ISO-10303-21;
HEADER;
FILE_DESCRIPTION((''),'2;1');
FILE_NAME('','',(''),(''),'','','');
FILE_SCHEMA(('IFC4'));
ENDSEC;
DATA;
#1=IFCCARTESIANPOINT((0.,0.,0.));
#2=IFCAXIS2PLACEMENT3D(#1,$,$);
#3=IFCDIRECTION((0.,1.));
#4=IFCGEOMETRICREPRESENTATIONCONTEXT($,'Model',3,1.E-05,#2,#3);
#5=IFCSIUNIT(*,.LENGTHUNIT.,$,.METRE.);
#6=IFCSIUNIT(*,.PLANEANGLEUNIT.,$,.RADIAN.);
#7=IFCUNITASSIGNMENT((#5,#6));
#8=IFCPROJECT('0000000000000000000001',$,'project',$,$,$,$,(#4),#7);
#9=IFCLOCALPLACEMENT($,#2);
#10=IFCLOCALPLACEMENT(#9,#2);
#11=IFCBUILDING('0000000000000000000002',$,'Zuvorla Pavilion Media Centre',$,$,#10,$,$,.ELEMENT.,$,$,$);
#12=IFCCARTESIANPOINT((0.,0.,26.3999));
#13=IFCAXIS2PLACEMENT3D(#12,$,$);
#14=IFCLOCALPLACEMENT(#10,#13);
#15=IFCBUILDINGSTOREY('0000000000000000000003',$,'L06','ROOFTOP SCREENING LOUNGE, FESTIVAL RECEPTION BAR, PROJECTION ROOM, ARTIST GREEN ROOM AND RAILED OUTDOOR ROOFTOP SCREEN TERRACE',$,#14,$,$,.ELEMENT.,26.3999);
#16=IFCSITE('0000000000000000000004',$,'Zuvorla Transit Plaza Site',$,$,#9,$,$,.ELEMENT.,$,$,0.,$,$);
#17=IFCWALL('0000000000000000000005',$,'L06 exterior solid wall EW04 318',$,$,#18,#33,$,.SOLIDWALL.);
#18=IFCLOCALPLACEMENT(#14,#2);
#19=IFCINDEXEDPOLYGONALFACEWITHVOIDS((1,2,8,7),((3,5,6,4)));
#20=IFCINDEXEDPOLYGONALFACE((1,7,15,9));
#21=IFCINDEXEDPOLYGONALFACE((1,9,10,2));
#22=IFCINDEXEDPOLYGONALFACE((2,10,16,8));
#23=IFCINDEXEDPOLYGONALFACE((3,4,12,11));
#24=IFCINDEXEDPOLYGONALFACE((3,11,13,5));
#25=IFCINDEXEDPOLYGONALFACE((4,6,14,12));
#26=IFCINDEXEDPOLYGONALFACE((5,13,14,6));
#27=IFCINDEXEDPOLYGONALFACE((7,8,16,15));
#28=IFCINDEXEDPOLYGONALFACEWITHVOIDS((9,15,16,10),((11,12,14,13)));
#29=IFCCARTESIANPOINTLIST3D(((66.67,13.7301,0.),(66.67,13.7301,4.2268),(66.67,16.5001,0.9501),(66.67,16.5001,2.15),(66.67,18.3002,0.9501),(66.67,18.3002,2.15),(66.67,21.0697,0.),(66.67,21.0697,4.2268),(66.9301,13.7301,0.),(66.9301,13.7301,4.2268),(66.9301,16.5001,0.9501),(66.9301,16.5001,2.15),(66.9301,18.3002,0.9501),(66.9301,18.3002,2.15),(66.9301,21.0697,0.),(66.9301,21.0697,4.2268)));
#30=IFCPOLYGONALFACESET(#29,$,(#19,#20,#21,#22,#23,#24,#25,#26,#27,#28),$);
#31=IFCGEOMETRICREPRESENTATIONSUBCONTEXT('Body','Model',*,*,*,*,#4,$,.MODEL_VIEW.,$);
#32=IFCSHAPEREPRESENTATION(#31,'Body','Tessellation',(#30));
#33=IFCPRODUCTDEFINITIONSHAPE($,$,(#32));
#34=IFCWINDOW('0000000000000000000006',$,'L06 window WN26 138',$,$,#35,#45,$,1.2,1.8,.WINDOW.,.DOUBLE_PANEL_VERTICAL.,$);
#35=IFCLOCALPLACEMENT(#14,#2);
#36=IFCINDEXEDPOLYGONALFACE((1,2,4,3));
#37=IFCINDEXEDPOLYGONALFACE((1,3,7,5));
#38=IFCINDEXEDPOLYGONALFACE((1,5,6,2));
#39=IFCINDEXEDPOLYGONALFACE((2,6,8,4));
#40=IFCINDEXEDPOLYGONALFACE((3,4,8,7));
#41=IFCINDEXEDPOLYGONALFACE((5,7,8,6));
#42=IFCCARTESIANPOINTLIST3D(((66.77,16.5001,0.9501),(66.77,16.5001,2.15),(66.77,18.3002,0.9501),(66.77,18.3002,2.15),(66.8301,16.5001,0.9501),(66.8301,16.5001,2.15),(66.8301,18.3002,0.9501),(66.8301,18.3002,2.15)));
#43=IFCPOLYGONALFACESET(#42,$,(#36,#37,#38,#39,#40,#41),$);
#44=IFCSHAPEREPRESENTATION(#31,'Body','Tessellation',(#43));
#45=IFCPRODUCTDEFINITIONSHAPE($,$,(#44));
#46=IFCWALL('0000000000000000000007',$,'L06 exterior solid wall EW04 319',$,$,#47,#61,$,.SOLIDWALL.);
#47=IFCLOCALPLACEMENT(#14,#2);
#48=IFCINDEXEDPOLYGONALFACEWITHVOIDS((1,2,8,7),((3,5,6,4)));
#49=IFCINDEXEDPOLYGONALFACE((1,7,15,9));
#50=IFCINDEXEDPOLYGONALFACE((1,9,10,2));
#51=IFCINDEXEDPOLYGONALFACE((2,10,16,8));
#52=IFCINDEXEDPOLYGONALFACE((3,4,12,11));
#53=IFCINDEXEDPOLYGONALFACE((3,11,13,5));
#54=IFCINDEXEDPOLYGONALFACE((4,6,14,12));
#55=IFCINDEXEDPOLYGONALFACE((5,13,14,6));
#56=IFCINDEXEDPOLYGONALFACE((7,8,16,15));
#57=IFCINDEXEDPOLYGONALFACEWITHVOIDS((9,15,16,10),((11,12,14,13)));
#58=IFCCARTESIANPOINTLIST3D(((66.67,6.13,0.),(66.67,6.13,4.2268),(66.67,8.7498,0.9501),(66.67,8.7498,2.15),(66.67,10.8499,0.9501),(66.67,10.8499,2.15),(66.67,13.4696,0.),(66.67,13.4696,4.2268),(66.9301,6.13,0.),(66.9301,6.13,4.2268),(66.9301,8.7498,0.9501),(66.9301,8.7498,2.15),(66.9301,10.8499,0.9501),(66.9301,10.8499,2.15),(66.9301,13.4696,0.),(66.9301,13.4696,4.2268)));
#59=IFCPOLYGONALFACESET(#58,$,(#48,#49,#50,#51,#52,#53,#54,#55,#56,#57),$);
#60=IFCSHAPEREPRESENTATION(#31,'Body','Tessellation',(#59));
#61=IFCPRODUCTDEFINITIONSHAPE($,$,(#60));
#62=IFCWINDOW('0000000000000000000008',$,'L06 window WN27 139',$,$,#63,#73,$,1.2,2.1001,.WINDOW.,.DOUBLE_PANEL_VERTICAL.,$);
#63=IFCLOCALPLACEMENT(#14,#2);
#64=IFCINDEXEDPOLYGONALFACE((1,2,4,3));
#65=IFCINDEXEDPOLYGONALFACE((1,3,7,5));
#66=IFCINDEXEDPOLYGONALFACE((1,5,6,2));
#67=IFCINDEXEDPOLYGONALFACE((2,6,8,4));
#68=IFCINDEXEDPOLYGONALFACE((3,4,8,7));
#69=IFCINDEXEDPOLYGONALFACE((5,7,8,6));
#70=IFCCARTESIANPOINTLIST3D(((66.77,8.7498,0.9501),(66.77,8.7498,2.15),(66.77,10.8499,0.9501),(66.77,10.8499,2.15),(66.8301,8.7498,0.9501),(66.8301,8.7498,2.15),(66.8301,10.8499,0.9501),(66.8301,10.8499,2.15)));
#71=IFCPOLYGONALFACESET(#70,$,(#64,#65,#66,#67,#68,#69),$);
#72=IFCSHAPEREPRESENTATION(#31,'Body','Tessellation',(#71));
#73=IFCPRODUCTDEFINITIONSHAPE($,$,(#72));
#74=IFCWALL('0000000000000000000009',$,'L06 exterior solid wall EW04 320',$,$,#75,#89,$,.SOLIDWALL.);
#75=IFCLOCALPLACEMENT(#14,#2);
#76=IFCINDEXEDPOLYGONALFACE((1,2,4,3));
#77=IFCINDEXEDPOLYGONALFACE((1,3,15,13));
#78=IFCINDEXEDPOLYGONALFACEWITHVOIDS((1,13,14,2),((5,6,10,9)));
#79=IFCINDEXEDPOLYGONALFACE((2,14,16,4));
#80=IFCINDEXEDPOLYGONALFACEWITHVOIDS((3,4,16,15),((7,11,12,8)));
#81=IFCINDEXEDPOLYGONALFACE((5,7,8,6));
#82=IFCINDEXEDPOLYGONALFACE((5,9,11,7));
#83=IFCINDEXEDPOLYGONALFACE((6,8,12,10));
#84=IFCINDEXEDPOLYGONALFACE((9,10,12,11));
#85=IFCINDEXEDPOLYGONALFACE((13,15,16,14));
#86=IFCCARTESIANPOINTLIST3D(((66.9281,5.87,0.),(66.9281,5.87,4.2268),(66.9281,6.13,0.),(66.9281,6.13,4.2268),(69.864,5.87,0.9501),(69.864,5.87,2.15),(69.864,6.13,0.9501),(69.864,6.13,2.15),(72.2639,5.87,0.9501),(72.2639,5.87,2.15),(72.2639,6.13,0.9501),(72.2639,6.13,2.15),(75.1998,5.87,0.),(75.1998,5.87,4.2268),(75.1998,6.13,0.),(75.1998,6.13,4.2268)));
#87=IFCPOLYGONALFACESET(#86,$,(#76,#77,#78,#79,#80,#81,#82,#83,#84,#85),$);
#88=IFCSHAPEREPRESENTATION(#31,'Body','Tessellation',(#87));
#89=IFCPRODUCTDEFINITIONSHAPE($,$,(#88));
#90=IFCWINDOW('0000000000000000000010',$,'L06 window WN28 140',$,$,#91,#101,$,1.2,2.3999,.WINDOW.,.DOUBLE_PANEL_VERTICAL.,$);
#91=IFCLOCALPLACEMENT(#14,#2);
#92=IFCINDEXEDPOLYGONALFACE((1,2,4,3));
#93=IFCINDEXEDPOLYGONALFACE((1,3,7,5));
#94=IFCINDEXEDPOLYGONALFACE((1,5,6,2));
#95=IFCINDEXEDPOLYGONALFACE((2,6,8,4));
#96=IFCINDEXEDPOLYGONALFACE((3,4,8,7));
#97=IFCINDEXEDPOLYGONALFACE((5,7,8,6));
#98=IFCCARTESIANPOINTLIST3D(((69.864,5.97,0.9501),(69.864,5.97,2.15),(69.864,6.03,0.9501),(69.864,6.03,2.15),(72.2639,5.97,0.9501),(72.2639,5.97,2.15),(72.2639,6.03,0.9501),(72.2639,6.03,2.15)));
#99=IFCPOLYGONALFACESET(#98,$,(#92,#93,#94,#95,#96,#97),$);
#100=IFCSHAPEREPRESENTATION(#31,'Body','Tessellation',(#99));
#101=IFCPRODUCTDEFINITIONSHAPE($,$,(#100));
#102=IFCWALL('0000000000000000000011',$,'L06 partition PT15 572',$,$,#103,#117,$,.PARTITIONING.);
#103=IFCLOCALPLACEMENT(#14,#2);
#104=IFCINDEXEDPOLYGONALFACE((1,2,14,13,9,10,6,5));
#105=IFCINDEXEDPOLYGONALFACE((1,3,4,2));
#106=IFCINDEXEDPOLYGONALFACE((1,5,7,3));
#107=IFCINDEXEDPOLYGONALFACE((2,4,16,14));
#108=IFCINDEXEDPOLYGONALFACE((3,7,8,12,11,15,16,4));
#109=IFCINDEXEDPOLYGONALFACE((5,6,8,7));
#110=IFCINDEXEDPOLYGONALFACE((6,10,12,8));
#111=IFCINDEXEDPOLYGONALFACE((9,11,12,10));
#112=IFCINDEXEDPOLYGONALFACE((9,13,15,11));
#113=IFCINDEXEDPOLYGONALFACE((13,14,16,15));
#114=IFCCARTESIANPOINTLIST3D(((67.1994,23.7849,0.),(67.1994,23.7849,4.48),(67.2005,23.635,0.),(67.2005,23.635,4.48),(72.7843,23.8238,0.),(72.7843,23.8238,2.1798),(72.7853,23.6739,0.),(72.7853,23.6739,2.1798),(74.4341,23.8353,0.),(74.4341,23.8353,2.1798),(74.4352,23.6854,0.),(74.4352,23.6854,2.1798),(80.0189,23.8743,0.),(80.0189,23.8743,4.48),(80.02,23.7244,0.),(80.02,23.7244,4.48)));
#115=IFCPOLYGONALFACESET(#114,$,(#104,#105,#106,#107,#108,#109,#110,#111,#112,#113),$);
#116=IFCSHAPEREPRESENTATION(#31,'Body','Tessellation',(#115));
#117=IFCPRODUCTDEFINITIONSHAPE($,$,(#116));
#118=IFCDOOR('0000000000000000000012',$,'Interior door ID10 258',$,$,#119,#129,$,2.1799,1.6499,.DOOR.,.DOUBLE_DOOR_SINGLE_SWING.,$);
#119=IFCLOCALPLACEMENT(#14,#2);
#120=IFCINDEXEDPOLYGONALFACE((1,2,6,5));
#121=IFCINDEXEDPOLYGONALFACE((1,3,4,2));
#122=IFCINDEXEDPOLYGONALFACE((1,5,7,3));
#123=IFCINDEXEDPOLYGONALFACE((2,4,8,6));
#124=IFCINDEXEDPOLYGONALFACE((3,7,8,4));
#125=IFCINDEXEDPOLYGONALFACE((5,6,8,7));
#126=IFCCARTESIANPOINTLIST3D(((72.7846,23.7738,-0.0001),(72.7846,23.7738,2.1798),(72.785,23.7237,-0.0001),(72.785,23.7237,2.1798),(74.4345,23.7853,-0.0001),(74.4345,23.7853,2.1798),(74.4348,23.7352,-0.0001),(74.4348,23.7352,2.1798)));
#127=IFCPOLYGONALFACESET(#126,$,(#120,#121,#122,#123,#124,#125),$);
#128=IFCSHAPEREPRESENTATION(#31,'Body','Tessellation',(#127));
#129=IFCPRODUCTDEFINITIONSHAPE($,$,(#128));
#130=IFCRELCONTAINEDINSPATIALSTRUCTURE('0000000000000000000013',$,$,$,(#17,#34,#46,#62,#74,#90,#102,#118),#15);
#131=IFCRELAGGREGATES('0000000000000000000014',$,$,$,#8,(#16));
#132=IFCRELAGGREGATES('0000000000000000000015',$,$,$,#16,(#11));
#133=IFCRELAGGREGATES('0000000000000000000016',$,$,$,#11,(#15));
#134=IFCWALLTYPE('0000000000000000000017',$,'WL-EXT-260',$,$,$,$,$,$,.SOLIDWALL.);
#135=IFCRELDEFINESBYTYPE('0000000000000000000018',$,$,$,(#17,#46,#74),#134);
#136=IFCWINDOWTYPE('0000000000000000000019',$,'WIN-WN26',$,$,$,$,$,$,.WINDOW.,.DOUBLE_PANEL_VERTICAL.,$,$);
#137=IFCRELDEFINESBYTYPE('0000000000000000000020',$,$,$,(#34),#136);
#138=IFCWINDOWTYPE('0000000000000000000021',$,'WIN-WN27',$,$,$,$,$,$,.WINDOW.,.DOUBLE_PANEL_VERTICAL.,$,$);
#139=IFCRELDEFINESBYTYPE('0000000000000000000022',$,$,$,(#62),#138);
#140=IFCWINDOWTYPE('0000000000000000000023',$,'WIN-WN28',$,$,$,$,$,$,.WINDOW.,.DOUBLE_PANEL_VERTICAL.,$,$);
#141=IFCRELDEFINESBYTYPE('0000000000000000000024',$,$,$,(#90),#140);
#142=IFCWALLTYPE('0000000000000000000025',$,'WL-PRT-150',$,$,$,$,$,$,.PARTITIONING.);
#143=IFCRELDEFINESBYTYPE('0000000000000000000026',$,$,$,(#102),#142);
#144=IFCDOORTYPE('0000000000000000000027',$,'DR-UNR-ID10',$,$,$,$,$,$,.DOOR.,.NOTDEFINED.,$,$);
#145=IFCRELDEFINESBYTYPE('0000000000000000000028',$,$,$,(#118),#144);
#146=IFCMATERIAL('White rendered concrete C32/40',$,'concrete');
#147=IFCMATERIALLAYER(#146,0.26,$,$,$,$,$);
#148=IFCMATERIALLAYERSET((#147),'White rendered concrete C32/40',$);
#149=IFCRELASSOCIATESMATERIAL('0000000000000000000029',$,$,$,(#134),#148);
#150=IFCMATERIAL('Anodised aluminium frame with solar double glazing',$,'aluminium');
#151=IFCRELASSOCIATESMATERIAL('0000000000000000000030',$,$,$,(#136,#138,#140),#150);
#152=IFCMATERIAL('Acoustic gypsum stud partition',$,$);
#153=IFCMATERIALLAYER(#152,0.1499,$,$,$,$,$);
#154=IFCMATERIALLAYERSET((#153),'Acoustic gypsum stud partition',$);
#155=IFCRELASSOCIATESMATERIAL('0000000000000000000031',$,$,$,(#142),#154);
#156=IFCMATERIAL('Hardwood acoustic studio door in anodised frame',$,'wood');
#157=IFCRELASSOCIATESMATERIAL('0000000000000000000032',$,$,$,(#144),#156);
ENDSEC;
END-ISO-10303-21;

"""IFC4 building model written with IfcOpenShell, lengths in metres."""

from ifc_helpers import new_model, si_unit, direction, frame, frame_2d, origin, place, context, subcontext, project, spatial, rectangle, extrude, material, layer, layer_set, type_object, element, fill, save


model = new_model("IFC4")

# Units and contexts
model_context = context("Model", 3, precision=1e-05, world=origin(), true_north=direction((0.0, 1.0)))
body_context = subcontext(model_context, "Body", "Model", "MODEL_VIEW")
ifc_project = project(units=[si_unit("LENGTHUNIT", "METRE"), si_unit("PLANEANGLEUNIT", "RADIAN")], contexts=[model_context])

# Site, building, storey
site_placement = place(None, origin())
site = spatial("IfcSite", under=ifc_project, at=site_placement, Name="Zuvorla Transit Plaza Site", CompositionType="ELEMENT", RefElevation=0.0)
building_placement = place(site_placement, origin())
building = spatial("IfcBuilding", under=site, at=building_placement, Name="Zuvorla Pavilion Media Centre", CompositionType="ELEMENT")
storey_placement = place(building_placement, frame((0.0, 0.0, 26.3999)))
storey = spatial("IfcBuildingStorey", under=building, at=storey_placement, Name="L06", Description="ROOFTOP SCREENING LOUNGE, FESTIVAL RECEPTION BAR, PROJECTION ROOM, ARTIST GREEN ROOM AND RAILED OUTDOOR ROOFTOP SCREEN TERRACE", CompositionType="ELEMENT", Elevation=26.3999)

# Walls, openings, windows
ifc_material_1 = material(Name="White rendered concrete C32/40", Category="concrete")
ifc_layer_1 = layer(ifc_material_1, 0.26)
ifc_layer_set_1 = layer_set([ifc_layer_1], Name="White rendered concrete C32/40")
wall_type_1 = type_object("IfcWallType", Name="WL-EXT-260", PredefinedType="SOLIDWALL", material=ifc_layer_set_1)
ifc_material_2 = material(Name="Anodised aluminium frame with solar double glazing", Category="aluminium")
wall_1_placement = place(storey_placement, frame((66.8, 21.0698, 0.0), z_axis=(0.0, 0.0, 1.0), x_axis=(0.0, -1.0, 0.0)))
wall_1 = element("IfcWall", 1, at=wall_1_placement, inside=storey, type_object=wall_type_1, Name="L06 exterior solid wall EW04 318", PredefinedType="SOLIDWALL", context=body_context, shape_type="SweptSolid", body=[
    extrude(rectangle(XDim=7.3396, YDim=0.26, at=frame_2d((3.6699, 0.0))), origin(), (0.0, 0.0, 1.0), 4.2268),
])
opening_1_placement = place(wall_1_placement, frame((2.7698, 0.0, 0.95)))
opening_1 = element("IfcOpeningElement", 2, at=opening_1_placement, cuts=wall_1, PredefinedType="OPENING", context=body_context, shape_type="SweptSolid", body=[
    extrude(rectangle(XDim=1.8, YDim=1.2, at=frame_2d((0.8999, 0.6001))), frame((0.0, 0.1399, 0.0), z_axis=(0.0, -1.0, 0.0), x_axis=(1.0, 0.0, 0.0)), (0.0, 0.0, 1.0), 0.28),
])
window_type_1 = type_object("IfcWindowType", Name="WIN-WN26", PartitioningType="DOUBLE_PANEL_VERTICAL", PredefinedType="WINDOW", material=ifc_material_2)
window_1_placement = place(opening_1_placement, origin())
window_1 = element("IfcWindow", 3, at=window_1_placement, inside=storey, type_object=window_type_1, Name="L06 window WN26 138", OverallHeight=1.2, OverallWidth=1.8, PartitioningType="DOUBLE_PANEL_VERTICAL", PredefinedType="WINDOW", context=body_context, shape_type="SweptSolid", body=[
    extrude(rectangle(XDim=1.8, YDim=1.2, at=frame_2d((0.8999, 0.6001))), frame((0.0, 0.03, 0.0), z_axis=(0.0, -1.0, 0.0), x_axis=(1.0, 0.0, 0.0)), (0.0, 0.0, 1.0), 0.0601),
])
fill(opening_1, window_1)
wall_2_placement = place(storey_placement, frame((66.8, 13.4697, 0.0), z_axis=(0.0, 0.0, 1.0), x_axis=(0.0, -1.0, 0.0)))
wall_2 = element("IfcWall", 4, at=wall_2_placement, inside=storey, type_object=wall_type_1, Name="L06 exterior solid wall EW04 319", PredefinedType="SOLIDWALL", context=body_context, shape_type="SweptSolid", body=[
    extrude(rectangle(XDim=7.3396, YDim=0.26, at=frame_2d((3.6699, 0.0))), origin(), (0.0, 0.0, 1.0), 4.2268),
])
opening_2_placement = place(wall_2_placement, frame((2.6199, 0.0, 0.95)))
opening_2 = element("IfcOpeningElement", 5, at=opening_2_placement, cuts=wall_2, PredefinedType="OPENING", context=body_context, shape_type="SweptSolid", body=[
    extrude(rectangle(XDim=2.1001, YDim=1.2, at=frame_2d((1.05, 0.6001))), frame((0.0, 0.1399, 0.0), z_axis=(0.0, -1.0, 0.0), x_axis=(1.0, 0.0, 0.0)), (0.0, 0.0, 1.0), 0.28),
])
window_type_2 = type_object("IfcWindowType", Name="WIN-WN27", PartitioningType="DOUBLE_PANEL_VERTICAL", PredefinedType="WINDOW", material=ifc_material_2)
window_2_placement = place(opening_2_placement, origin())
window_2 = element("IfcWindow", 6, at=window_2_placement, inside=storey, type_object=window_type_2, Name="L06 window WN27 139", OverallHeight=1.2, OverallWidth=2.1001, PartitioningType="DOUBLE_PANEL_VERTICAL", PredefinedType="WINDOW", context=body_context, shape_type="SweptSolid", body=[
    extrude(rectangle(XDim=2.1001, YDim=1.2, at=frame_2d((1.05, 0.6001))), frame((0.0, 0.03, 0.0), z_axis=(0.0, -1.0, 0.0), x_axis=(1.0, 0.0, 0.0)), (0.0, 0.0, 1.0), 0.0601),
])
fill(opening_2, window_2)
wall_3_placement = place(storey_placement, frame((66.9282, 6.0, 0.0), z_axis=(0.0, 0.0, 1.0), x_axis=(1.0, 0.0, 0.0)))
wall_3 = element("IfcWall", 7, at=wall_3_placement, inside=storey, type_object=wall_type_1, Name="L06 exterior solid wall EW04 320", PredefinedType="SOLIDWALL", context=body_context, shape_type="SweptSolid", body=[
    extrude(rectangle(XDim=8.2717, YDim=0.26, at=frame_2d((4.1357, 0.0))), origin(), (0.0, 0.0, 1.0), 4.2268),
])
opening_3_placement = place(wall_3_placement, frame((2.9358, 0.0, 0.95)))
opening_3 = element("IfcOpeningElement", 8, at=opening_3_placement, cuts=wall_3, PredefinedType="OPENING", context=body_context, shape_type="SweptSolid", body=[
    extrude(rectangle(XDim=2.3999, YDim=1.2, at=frame_2d((1.2, 0.6001))), frame((0.0, 0.1399, 0.0), z_axis=(0.0, -1.0, 0.0), x_axis=(1.0, 0.0, 0.0)), (0.0, 0.0, 1.0), 0.28),
])
window_type_3 = type_object("IfcWindowType", Name="WIN-WN28", PartitioningType="DOUBLE_PANEL_VERTICAL", PredefinedType="WINDOW", material=ifc_material_2)
window_3_placement = place(opening_3_placement, origin())
window_3 = element("IfcWindow", 9, at=window_3_placement, inside=storey, type_object=window_type_3, Name="L06 window WN28 140", OverallHeight=1.2, OverallWidth=2.3999, PartitioningType="DOUBLE_PANEL_VERTICAL", PredefinedType="WINDOW", context=body_context, shape_type="SweptSolid", body=[
    extrude(rectangle(XDim=2.3999, YDim=1.2, at=frame_2d((1.2, 0.6001))), frame((0.0, 0.03, 0.0), z_axis=(0.0, -1.0, 0.0), x_axis=(1.0, 0.0, 0.0)), (0.0, 0.0, 1.0), 0.0601),
])
fill(opening_3, window_3)

# Wall, opening, door
ifc_material_3 = material(Name="Acoustic gypsum stud partition")
ifc_layer_2 = layer(ifc_material_3, 0.1499)
ifc_layer_set_2 = layer_set([ifc_layer_2], Name="Acoustic gypsum stud partition")
wall_type_2 = type_object("IfcWallType", Name="WL-PRT-150", PredefinedType="PARTITIONING", material=ifc_layer_set_2)
wall_4_placement = place(storey_placement, frame((67.2, 23.71, 0.0), z_axis=(0.0, 0.0, 1.0), x_axis=(0.999976, 0.00697, 0.0)))
wall_4 = element("IfcWall", 10, at=wall_4_placement, inside=storey, type_object=wall_type_2, Name="L06 partition PT15 572", PredefinedType="PARTITIONING", context=body_context, shape_type="SweptSolid", body=[
    extrude(rectangle(XDim=12.8198, YDim=0.1499, at=frame_2d((6.4099, 0.0))), origin(), (0.0, 0.0, 1.0), 4.48),
])
opening_4_placement = place(wall_4_placement, frame((5.585, 0.0, 0.0)))
opening_4 = element("IfcOpeningElement", 11, at=opening_4_placement, cuts=wall_4, PredefinedType="OPENING", context=body_context, shape_type="SweptSolid", body=[
    extrude(rectangle(XDim=1.6499, YDim=2.1799, at=frame_2d((0.825, 1.0898))), frame((0.0, 0.085, 0.0), z_axis=(0.0, -1.0, 0.0), x_axis=(1.0, 0.0, 0.0)), (0.0, 0.0, 1.0), 0.1699),
])
ifc_material_4 = material(Name="Hardwood acoustic studio door in anodised frame", Category="wood")
door_type_1 = type_object("IfcDoorType", Name="DR-UNR-ID10", OperationType="NOTDEFINED", PredefinedType="DOOR", material=ifc_material_4)
door_1_placement = place(opening_4_placement, origin())
door_1 = element("IfcDoor", 12, at=door_1_placement, inside=storey, type_object=door_type_1, Name="Interior door ID10 258", OperationType="DOUBLE_DOOR_SINGLE_SWING", OverallHeight=2.1799, OverallWidth=1.6499, PredefinedType="DOOR", context=body_context, shape_type="SweptSolid", body=[
    extrude(rectangle(XDim=1.6499, YDim=2.1799, at=frame_2d((0.825, 1.0898))), frame((0.0, 0.0249, 0.0), z_axis=(0.0, -1.0, 0.0), x_axis=(1.0, 0.0, 0.0)), (0.0, 0.0, 1.0), 0.05),
])
fill(opening_4, door_1)

save(model, "model.ifc")
